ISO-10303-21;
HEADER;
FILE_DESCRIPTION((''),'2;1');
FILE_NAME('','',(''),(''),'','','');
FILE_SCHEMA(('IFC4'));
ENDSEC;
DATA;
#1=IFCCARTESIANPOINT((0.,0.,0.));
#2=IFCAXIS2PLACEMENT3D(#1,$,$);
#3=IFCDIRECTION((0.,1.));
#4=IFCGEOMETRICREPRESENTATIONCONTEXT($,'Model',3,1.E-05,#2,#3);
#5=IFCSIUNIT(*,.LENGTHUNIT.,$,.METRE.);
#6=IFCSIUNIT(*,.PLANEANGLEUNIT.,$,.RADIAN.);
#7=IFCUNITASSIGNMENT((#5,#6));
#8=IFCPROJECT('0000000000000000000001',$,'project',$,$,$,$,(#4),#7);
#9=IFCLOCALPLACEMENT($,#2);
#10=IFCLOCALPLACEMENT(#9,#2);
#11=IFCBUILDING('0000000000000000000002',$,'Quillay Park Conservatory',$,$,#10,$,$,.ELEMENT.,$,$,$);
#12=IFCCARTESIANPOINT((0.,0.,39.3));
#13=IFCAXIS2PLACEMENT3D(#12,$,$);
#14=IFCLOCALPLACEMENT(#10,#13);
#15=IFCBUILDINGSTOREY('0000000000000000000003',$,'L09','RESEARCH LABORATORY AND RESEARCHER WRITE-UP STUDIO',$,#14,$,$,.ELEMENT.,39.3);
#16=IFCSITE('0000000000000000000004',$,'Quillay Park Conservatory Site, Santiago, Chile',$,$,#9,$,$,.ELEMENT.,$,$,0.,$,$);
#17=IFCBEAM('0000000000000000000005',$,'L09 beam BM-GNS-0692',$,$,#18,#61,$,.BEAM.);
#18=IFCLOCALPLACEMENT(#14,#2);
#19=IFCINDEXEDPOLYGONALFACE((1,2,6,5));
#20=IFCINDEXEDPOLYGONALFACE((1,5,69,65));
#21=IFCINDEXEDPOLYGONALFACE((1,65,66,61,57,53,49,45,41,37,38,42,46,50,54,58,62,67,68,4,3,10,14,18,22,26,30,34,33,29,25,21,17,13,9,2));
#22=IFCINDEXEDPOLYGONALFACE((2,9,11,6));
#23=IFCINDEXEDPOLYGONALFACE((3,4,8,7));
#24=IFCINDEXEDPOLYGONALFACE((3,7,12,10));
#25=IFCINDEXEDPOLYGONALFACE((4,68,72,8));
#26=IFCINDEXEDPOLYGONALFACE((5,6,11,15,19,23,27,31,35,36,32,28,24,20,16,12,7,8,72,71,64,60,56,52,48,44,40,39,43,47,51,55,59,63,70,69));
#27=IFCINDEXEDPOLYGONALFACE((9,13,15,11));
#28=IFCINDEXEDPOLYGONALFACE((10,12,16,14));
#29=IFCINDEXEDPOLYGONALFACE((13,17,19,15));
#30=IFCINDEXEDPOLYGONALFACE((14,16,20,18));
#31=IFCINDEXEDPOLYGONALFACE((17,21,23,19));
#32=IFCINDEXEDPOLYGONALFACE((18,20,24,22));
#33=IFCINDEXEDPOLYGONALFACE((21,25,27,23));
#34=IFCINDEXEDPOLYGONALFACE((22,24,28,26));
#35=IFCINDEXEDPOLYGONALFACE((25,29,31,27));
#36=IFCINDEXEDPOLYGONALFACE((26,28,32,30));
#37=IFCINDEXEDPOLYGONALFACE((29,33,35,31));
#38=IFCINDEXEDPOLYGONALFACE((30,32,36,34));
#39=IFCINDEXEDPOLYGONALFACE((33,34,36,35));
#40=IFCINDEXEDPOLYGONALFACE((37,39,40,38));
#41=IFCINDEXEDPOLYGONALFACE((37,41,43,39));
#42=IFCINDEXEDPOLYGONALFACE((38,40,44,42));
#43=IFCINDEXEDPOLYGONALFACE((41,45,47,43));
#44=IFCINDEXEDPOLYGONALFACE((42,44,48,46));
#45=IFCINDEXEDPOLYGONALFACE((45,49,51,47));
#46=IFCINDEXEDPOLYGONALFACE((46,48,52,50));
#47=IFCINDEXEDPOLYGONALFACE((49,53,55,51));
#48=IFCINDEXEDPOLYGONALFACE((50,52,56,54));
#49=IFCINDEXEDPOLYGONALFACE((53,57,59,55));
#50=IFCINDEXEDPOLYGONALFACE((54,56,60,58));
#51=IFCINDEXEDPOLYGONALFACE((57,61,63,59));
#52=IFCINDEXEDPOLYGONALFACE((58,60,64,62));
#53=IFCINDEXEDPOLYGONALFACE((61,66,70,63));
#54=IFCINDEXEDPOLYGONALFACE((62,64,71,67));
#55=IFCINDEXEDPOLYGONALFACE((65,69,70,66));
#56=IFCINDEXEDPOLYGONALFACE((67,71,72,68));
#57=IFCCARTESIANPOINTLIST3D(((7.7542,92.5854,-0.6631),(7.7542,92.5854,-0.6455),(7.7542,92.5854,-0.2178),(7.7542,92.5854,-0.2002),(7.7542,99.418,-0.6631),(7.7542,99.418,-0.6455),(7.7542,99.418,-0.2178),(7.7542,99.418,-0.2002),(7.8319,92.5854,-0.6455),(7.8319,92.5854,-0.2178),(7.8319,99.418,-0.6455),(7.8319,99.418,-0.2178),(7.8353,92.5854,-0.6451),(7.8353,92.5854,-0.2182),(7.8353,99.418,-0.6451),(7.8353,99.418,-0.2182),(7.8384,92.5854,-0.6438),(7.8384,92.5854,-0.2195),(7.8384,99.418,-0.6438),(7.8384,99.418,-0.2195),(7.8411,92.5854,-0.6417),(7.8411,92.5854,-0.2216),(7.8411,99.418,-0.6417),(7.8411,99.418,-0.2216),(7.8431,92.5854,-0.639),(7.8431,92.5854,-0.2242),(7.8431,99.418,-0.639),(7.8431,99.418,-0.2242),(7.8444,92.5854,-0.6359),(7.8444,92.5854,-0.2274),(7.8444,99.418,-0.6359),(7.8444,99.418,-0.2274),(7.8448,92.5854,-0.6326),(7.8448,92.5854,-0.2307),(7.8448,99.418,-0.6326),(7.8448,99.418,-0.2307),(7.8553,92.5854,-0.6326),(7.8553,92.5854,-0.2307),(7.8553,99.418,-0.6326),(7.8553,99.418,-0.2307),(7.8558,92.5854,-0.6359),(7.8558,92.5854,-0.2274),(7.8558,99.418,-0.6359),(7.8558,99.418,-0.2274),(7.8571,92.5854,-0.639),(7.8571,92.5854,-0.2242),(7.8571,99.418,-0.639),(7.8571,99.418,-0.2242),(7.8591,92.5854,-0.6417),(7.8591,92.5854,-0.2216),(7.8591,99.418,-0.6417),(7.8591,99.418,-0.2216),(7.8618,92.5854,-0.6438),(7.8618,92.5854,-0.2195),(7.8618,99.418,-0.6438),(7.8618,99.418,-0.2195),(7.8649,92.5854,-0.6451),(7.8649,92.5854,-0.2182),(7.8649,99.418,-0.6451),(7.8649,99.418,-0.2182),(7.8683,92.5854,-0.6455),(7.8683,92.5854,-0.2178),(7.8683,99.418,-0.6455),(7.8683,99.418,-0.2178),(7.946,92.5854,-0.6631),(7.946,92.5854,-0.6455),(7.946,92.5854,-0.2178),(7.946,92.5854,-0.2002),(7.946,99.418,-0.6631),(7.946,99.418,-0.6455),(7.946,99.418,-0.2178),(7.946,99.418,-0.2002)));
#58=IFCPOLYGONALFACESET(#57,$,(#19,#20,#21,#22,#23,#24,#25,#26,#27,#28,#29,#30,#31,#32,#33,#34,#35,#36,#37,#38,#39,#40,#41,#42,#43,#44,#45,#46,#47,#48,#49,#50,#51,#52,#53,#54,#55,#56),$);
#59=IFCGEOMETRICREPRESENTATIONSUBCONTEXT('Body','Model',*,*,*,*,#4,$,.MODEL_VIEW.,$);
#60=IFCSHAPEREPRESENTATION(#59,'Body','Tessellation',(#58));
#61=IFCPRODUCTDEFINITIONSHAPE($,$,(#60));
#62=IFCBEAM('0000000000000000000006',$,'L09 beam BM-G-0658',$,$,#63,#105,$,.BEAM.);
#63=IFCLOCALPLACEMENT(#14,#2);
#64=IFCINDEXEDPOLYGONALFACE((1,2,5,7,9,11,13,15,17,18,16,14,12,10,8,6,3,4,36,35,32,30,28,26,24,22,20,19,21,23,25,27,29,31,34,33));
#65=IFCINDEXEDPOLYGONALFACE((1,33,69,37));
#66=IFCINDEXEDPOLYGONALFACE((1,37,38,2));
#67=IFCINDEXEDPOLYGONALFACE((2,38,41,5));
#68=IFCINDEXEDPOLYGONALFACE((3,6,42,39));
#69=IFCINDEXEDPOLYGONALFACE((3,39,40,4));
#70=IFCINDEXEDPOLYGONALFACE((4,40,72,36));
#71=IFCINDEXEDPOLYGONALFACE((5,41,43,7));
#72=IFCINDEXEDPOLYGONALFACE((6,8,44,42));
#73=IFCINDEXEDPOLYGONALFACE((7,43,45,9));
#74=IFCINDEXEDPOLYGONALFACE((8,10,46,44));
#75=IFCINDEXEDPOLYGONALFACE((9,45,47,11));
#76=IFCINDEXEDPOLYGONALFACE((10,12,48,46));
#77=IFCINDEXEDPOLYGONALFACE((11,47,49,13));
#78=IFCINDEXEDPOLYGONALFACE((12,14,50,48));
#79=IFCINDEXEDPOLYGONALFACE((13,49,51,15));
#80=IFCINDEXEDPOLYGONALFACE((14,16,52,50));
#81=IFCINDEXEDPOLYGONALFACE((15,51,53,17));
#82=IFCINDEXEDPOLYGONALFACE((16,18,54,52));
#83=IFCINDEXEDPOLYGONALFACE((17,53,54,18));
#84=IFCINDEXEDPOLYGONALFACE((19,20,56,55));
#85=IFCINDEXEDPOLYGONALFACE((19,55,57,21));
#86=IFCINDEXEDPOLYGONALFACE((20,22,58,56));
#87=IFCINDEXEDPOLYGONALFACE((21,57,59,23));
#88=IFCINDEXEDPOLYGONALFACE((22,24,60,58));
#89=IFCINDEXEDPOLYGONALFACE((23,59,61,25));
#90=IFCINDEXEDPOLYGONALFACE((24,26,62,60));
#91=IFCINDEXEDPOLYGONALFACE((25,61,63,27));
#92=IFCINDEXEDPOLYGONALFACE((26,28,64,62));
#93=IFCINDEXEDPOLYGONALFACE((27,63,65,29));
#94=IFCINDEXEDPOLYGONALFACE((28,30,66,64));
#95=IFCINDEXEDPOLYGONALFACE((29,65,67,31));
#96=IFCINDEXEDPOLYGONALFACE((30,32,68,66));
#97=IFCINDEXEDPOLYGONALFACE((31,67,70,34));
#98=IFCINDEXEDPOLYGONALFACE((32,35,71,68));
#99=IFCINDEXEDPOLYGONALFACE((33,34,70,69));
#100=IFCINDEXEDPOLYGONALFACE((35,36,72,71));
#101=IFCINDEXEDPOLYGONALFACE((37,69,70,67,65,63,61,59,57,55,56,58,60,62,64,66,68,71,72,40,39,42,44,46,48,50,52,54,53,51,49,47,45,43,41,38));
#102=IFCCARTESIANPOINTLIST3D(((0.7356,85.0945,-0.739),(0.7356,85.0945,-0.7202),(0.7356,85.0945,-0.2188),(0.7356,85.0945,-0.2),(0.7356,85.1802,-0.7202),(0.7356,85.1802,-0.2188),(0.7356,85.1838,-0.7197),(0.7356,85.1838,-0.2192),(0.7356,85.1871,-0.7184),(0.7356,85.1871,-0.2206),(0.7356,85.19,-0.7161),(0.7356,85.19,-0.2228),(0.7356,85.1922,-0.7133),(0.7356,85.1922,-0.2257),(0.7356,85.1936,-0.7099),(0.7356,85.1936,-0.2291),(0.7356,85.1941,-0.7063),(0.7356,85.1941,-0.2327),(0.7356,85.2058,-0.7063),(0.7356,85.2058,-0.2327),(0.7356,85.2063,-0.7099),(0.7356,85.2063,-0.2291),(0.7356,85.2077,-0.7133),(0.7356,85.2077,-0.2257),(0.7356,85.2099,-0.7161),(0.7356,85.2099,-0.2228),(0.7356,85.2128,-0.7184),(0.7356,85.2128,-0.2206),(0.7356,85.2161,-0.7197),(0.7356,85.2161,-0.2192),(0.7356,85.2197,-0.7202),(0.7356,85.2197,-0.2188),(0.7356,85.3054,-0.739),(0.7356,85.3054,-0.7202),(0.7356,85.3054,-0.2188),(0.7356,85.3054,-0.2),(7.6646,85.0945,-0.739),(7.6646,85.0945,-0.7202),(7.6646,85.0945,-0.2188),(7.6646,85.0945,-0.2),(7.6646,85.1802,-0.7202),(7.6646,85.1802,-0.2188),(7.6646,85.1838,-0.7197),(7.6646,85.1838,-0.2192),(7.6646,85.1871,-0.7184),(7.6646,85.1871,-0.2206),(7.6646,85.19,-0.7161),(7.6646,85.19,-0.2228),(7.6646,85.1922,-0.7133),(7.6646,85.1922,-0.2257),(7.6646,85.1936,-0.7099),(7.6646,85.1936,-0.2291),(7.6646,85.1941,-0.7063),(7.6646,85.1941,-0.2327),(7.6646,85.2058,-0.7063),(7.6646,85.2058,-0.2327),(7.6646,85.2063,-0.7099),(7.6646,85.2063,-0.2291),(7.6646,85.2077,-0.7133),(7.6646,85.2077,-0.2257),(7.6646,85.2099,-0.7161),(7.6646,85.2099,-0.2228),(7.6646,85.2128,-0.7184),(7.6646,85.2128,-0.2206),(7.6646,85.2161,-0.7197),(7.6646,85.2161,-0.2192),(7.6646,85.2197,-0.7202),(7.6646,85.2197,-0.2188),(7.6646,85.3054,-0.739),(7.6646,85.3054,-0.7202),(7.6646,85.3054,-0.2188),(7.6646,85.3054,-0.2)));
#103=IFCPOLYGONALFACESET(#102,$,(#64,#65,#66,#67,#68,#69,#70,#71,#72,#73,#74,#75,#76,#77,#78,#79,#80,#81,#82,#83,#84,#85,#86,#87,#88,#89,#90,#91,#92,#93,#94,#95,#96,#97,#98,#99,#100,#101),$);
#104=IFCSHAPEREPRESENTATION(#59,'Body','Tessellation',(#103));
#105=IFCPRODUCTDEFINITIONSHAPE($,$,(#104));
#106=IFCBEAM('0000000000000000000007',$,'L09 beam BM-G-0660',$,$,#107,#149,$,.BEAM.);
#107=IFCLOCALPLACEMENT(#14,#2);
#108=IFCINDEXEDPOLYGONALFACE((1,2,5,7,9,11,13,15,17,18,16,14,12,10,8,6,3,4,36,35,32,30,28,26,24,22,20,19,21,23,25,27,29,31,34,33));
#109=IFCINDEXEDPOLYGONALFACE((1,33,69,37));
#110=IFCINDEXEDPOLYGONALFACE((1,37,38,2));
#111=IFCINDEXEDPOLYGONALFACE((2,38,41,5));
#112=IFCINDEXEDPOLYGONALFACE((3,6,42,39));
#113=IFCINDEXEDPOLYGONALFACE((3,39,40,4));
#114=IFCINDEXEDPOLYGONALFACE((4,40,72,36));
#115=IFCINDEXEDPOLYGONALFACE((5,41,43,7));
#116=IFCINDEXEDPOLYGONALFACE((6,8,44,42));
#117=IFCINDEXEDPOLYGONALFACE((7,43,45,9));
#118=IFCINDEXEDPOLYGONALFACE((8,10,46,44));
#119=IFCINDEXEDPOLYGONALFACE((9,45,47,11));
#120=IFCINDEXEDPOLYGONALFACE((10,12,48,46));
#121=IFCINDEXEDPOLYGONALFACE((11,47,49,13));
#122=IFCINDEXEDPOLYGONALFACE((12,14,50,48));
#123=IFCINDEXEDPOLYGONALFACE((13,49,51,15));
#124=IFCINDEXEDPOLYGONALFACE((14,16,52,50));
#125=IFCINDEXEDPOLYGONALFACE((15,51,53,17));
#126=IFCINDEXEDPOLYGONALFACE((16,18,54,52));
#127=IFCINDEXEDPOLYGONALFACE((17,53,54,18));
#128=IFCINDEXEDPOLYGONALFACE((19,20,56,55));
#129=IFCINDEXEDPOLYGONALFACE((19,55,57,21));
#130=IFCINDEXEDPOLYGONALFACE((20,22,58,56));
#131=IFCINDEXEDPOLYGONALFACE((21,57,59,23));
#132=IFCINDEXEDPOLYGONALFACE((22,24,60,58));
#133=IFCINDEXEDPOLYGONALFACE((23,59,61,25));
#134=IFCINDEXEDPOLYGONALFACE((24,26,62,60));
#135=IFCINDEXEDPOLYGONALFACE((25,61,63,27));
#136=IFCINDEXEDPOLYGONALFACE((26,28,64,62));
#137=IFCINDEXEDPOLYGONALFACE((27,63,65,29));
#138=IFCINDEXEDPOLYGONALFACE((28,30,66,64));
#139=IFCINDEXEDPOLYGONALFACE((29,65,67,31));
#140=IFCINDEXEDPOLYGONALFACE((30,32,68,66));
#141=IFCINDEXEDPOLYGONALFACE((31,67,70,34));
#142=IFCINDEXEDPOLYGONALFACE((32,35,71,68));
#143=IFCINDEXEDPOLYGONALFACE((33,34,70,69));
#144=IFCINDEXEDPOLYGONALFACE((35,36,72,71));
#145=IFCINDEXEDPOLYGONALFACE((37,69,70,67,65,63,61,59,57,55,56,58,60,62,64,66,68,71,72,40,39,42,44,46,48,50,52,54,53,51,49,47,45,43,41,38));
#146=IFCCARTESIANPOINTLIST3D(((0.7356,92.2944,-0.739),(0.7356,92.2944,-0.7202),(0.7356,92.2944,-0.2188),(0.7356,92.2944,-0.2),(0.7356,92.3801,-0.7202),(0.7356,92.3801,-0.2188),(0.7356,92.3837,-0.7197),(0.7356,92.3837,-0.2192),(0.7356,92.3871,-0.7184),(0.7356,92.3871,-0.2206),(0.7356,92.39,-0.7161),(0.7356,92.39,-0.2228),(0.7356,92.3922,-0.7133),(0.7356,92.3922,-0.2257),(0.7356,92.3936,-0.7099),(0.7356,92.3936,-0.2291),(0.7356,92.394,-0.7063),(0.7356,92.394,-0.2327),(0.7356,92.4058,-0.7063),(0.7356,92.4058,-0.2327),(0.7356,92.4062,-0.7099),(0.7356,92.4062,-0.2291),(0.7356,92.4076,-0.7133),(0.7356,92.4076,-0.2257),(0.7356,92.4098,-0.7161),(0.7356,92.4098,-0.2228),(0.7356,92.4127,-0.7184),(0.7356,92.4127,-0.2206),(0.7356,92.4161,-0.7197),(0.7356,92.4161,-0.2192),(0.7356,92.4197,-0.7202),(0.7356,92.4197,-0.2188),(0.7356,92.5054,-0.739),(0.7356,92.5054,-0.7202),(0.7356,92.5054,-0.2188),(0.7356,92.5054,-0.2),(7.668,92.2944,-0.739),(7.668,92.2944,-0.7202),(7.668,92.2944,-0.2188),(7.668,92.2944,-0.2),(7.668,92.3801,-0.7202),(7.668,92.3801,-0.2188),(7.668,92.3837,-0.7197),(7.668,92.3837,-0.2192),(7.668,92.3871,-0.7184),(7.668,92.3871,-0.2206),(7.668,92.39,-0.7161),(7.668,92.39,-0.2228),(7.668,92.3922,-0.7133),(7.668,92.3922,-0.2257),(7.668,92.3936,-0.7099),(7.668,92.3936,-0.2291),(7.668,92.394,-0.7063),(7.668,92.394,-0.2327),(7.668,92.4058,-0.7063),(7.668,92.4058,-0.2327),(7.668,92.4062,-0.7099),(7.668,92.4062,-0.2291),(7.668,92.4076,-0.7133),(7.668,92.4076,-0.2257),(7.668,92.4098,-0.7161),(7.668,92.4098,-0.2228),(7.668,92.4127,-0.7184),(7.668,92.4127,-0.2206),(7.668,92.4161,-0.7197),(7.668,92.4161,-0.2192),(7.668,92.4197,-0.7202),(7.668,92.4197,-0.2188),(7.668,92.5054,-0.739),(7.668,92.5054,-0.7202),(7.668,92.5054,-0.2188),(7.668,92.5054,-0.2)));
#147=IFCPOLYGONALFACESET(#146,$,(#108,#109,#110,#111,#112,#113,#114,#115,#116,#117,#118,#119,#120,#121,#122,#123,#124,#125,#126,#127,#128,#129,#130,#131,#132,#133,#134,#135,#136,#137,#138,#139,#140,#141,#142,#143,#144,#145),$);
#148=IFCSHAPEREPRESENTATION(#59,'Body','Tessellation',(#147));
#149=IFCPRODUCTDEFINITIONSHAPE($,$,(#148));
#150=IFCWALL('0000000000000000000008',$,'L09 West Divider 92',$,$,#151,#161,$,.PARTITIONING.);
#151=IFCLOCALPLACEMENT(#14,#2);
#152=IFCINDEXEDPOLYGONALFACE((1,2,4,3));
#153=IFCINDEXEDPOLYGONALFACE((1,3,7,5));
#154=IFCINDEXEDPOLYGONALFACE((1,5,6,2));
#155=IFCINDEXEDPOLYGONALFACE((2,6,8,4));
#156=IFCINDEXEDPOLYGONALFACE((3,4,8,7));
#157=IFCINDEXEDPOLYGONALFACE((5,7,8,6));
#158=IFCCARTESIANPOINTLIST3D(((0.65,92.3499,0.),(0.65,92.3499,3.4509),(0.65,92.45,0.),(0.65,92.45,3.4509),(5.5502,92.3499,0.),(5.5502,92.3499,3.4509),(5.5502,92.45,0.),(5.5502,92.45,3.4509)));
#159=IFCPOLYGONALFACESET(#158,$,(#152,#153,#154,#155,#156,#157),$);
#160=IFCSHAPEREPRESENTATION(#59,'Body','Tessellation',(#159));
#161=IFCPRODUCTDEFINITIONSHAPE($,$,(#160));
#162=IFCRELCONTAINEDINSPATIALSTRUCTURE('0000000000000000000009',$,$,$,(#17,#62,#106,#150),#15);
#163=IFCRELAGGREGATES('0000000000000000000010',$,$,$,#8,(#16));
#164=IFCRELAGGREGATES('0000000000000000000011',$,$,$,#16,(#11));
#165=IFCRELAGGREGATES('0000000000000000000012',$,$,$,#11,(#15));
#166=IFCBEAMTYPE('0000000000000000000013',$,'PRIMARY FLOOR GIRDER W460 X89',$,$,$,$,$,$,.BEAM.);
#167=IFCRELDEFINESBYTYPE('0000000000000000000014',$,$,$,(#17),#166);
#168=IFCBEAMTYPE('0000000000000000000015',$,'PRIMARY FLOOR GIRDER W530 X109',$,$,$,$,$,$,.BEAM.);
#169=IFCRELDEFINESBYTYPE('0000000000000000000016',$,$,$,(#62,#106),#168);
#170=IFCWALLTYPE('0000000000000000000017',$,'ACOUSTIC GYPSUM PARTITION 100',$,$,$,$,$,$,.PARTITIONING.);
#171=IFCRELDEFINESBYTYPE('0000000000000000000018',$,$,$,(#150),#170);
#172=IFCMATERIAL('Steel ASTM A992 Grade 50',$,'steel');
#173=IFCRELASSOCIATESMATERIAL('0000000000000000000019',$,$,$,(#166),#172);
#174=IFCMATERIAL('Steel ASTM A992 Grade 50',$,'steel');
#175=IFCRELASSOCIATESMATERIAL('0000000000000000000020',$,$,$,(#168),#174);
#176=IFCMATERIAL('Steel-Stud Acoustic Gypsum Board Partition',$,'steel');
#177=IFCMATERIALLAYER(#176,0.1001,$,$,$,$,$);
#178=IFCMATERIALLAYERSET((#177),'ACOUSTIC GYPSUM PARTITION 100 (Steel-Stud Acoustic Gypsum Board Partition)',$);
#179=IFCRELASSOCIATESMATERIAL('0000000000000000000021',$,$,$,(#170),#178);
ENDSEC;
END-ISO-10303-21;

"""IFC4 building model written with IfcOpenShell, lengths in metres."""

from ifc_helpers import new_model, si_unit, direction, frame, frame_2d, origin, origin_2d, place, context, subcontext, project, spatial, rectangle, i_section, extrude, material, layer, layer_set, material_profile, profile_set, type_object, element, save


model = new_model("IFC4")

# Units and contexts
model_context = context("Model", 3, precision=1e-05, world=origin(), true_north=direction((0.0, 1.0)))
body_context = subcontext(model_context, "Body", "Model", "MODEL_VIEW")
ifc_project = project(units=[si_unit("LENGTHUNIT", "METRE"), si_unit("PLANEANGLEUNIT", "RADIAN")], contexts=[model_context])

# Site, building, storey
site_placement = place(None, origin())
site = spatial("IfcSite", under=ifc_project, at=site_placement, Name="Quillay Park Conservatory Site, Santiago, Chile", CompositionType="ELEMENT", RefElevation=0.0)
building_placement = place(site_placement, origin())
building = spatial("IfcBuilding", under=site, at=building_placement, Name="Quillay Park Conservatory", CompositionType="ELEMENT")
storey_placement = place(building_placement, frame((0.0, 0.0, 39.3)))
storey = spatial("IfcBuildingStorey", under=building, at=storey_placement, Name="L09", Description="RESEARCH LABORATORY AND RESEARCHER WRITE-UP STUDIO", CompositionType="ELEMENT", Elevation=39.3)

# Beams
ifc_material_1 = material(Name="Steel ASTM A992 Grade 50", Category="steel")
ifc_material_profile_1 = material_profile(ifc_material_1, i_section(OverallWidth=0.1919, OverallDepth=0.4629, WebThickness=0.0105, FlangeThickness=0.0176, FilletRadius=0.0129, at=origin_2d()), Name="W460x89")
ifc_profile_set_1 = profile_set([ifc_material_profile_1], Name="Steel ASTM A992 Grade 50")
beam_type_1 = type_object("IfcBeamType", Name="PRIMARY FLOOR GIRDER W460 X89", PredefinedType="BEAM", material=ifc_profile_set_1)
for number, where, z_axis, x_axis, name in (
    (1, (7.8501, 92.5854, -0.4316), (0.0, 1.0, 0.0), (-1.0, 0.0, 0.0), "L09 beam BM-GNS-0692"),
):
    element("IfcBeam", number, at=place(storey_placement, frame(where, z_axis=z_axis, x_axis=x_axis)), inside=storey, type_object=beam_type_1, Name=name, PredefinedType="BEAM", context=body_context, shape_type="SweptSolid", body=[
        extrude(i_section(OverallWidth=0.1919, OverallDepth=0.4629, WebThickness=0.0105, FlangeThickness=0.0176, FilletRadius=0.0129, at=origin_2d()), origin(), (0.0, 0.0, 1.0), 6.8325),
    ])
ifc_material_2 = material(Name="Steel ASTM A992 Grade 50", Category="steel")
ifc_material_profile_2 = material_profile(ifc_material_2, i_section(OverallWidth=0.2109, OverallDepth=0.5391, WebThickness=0.0117, FlangeThickness=0.0188, FilletRadius=0.0139, at=origin_2d()), Name="W530x109")
ifc_profile_set_2 = profile_set([ifc_material_profile_2], Name="Steel ASTM A992 Grade 50")
beam_type_2 = type_object("IfcBeamType", Name="PRIMARY FLOOR GIRDER W530 X109", PredefinedType="BEAM", material=ifc_profile_set_2)
beam_1_placement = place(storey_placement, frame((0.7356, 85.2, -0.4695), z_axis=(1.0, 0.0, 0.0), x_axis=(0.0, 1.0, 0.0)))
element("IfcBeam", 2, at=beam_1_placement, inside=storey, type_object=beam_type_2, Name="L09 beam BM-G-0658", PredefinedType="BEAM", context=body_context, shape_type="SweptSolid", body=[
    extrude(i_section(OverallWidth=0.2109, OverallDepth=0.5391, WebThickness=0.0117, FlangeThickness=0.0188, FilletRadius=0.0139, at=origin_2d()), origin(), (0.0, 0.0, 1.0), 6.929),
])
beam_2_placement = place(storey_placement, frame((0.7356, 92.3999, -0.4695), z_axis=(1.0, 0.0, 0.0), x_axis=(0.0, 1.0, 0.0)))
element("IfcBeam", 3, at=beam_2_placement, inside=storey, type_object=beam_type_2, Name="L09 beam BM-G-0660", PredefinedType="BEAM", context=body_context, shape_type="SweptSolid", body=[
    extrude(i_section(OverallWidth=0.2109, OverallDepth=0.5391, WebThickness=0.0117, FlangeThickness=0.0188, FilletRadius=0.0139, at=origin_2d()), origin(), (0.0, 0.0, 1.0), 6.9324),
])

# Wall
ifc_material_3 = material(Name="Steel-Stud Acoustic Gypsum Board Partition", Category="steel")
ifc_layer_1 = layer(ifc_material_3, 0.1001)
ifc_layer_set_1 = layer_set([ifc_layer_1], Name="ACOUSTIC GYPSUM PARTITION 100 (Steel-Stud Acoustic Gypsum Board Partition)")
wall_type_1 = type_object("IfcWallType", Name="ACOUSTIC GYPSUM PARTITION 100", PredefinedType="PARTITIONING", material=ifc_layer_set_1)
wall_1_placement = place(storey_placement, frame((0.6499, 92.3999, 0.0), z_axis=(0.0, 0.0, 1.0), x_axis=(1.0, 0.0, 0.0)))
element("IfcWall", 4, at=wall_1_placement, inside=storey, type_object=wall_type_1, Name="L09 West Divider 92", PredefinedType="PARTITIONING", context=body_context, shape_type="SweptSolid", body=[
    extrude(rectangle(XDim=4.9001, YDim=0.1001, at=frame_2d((2.4502, 0.0))), origin(), (0.0, 0.0, 1.0), 3.4509),
])

save(model, "model.ifc")
